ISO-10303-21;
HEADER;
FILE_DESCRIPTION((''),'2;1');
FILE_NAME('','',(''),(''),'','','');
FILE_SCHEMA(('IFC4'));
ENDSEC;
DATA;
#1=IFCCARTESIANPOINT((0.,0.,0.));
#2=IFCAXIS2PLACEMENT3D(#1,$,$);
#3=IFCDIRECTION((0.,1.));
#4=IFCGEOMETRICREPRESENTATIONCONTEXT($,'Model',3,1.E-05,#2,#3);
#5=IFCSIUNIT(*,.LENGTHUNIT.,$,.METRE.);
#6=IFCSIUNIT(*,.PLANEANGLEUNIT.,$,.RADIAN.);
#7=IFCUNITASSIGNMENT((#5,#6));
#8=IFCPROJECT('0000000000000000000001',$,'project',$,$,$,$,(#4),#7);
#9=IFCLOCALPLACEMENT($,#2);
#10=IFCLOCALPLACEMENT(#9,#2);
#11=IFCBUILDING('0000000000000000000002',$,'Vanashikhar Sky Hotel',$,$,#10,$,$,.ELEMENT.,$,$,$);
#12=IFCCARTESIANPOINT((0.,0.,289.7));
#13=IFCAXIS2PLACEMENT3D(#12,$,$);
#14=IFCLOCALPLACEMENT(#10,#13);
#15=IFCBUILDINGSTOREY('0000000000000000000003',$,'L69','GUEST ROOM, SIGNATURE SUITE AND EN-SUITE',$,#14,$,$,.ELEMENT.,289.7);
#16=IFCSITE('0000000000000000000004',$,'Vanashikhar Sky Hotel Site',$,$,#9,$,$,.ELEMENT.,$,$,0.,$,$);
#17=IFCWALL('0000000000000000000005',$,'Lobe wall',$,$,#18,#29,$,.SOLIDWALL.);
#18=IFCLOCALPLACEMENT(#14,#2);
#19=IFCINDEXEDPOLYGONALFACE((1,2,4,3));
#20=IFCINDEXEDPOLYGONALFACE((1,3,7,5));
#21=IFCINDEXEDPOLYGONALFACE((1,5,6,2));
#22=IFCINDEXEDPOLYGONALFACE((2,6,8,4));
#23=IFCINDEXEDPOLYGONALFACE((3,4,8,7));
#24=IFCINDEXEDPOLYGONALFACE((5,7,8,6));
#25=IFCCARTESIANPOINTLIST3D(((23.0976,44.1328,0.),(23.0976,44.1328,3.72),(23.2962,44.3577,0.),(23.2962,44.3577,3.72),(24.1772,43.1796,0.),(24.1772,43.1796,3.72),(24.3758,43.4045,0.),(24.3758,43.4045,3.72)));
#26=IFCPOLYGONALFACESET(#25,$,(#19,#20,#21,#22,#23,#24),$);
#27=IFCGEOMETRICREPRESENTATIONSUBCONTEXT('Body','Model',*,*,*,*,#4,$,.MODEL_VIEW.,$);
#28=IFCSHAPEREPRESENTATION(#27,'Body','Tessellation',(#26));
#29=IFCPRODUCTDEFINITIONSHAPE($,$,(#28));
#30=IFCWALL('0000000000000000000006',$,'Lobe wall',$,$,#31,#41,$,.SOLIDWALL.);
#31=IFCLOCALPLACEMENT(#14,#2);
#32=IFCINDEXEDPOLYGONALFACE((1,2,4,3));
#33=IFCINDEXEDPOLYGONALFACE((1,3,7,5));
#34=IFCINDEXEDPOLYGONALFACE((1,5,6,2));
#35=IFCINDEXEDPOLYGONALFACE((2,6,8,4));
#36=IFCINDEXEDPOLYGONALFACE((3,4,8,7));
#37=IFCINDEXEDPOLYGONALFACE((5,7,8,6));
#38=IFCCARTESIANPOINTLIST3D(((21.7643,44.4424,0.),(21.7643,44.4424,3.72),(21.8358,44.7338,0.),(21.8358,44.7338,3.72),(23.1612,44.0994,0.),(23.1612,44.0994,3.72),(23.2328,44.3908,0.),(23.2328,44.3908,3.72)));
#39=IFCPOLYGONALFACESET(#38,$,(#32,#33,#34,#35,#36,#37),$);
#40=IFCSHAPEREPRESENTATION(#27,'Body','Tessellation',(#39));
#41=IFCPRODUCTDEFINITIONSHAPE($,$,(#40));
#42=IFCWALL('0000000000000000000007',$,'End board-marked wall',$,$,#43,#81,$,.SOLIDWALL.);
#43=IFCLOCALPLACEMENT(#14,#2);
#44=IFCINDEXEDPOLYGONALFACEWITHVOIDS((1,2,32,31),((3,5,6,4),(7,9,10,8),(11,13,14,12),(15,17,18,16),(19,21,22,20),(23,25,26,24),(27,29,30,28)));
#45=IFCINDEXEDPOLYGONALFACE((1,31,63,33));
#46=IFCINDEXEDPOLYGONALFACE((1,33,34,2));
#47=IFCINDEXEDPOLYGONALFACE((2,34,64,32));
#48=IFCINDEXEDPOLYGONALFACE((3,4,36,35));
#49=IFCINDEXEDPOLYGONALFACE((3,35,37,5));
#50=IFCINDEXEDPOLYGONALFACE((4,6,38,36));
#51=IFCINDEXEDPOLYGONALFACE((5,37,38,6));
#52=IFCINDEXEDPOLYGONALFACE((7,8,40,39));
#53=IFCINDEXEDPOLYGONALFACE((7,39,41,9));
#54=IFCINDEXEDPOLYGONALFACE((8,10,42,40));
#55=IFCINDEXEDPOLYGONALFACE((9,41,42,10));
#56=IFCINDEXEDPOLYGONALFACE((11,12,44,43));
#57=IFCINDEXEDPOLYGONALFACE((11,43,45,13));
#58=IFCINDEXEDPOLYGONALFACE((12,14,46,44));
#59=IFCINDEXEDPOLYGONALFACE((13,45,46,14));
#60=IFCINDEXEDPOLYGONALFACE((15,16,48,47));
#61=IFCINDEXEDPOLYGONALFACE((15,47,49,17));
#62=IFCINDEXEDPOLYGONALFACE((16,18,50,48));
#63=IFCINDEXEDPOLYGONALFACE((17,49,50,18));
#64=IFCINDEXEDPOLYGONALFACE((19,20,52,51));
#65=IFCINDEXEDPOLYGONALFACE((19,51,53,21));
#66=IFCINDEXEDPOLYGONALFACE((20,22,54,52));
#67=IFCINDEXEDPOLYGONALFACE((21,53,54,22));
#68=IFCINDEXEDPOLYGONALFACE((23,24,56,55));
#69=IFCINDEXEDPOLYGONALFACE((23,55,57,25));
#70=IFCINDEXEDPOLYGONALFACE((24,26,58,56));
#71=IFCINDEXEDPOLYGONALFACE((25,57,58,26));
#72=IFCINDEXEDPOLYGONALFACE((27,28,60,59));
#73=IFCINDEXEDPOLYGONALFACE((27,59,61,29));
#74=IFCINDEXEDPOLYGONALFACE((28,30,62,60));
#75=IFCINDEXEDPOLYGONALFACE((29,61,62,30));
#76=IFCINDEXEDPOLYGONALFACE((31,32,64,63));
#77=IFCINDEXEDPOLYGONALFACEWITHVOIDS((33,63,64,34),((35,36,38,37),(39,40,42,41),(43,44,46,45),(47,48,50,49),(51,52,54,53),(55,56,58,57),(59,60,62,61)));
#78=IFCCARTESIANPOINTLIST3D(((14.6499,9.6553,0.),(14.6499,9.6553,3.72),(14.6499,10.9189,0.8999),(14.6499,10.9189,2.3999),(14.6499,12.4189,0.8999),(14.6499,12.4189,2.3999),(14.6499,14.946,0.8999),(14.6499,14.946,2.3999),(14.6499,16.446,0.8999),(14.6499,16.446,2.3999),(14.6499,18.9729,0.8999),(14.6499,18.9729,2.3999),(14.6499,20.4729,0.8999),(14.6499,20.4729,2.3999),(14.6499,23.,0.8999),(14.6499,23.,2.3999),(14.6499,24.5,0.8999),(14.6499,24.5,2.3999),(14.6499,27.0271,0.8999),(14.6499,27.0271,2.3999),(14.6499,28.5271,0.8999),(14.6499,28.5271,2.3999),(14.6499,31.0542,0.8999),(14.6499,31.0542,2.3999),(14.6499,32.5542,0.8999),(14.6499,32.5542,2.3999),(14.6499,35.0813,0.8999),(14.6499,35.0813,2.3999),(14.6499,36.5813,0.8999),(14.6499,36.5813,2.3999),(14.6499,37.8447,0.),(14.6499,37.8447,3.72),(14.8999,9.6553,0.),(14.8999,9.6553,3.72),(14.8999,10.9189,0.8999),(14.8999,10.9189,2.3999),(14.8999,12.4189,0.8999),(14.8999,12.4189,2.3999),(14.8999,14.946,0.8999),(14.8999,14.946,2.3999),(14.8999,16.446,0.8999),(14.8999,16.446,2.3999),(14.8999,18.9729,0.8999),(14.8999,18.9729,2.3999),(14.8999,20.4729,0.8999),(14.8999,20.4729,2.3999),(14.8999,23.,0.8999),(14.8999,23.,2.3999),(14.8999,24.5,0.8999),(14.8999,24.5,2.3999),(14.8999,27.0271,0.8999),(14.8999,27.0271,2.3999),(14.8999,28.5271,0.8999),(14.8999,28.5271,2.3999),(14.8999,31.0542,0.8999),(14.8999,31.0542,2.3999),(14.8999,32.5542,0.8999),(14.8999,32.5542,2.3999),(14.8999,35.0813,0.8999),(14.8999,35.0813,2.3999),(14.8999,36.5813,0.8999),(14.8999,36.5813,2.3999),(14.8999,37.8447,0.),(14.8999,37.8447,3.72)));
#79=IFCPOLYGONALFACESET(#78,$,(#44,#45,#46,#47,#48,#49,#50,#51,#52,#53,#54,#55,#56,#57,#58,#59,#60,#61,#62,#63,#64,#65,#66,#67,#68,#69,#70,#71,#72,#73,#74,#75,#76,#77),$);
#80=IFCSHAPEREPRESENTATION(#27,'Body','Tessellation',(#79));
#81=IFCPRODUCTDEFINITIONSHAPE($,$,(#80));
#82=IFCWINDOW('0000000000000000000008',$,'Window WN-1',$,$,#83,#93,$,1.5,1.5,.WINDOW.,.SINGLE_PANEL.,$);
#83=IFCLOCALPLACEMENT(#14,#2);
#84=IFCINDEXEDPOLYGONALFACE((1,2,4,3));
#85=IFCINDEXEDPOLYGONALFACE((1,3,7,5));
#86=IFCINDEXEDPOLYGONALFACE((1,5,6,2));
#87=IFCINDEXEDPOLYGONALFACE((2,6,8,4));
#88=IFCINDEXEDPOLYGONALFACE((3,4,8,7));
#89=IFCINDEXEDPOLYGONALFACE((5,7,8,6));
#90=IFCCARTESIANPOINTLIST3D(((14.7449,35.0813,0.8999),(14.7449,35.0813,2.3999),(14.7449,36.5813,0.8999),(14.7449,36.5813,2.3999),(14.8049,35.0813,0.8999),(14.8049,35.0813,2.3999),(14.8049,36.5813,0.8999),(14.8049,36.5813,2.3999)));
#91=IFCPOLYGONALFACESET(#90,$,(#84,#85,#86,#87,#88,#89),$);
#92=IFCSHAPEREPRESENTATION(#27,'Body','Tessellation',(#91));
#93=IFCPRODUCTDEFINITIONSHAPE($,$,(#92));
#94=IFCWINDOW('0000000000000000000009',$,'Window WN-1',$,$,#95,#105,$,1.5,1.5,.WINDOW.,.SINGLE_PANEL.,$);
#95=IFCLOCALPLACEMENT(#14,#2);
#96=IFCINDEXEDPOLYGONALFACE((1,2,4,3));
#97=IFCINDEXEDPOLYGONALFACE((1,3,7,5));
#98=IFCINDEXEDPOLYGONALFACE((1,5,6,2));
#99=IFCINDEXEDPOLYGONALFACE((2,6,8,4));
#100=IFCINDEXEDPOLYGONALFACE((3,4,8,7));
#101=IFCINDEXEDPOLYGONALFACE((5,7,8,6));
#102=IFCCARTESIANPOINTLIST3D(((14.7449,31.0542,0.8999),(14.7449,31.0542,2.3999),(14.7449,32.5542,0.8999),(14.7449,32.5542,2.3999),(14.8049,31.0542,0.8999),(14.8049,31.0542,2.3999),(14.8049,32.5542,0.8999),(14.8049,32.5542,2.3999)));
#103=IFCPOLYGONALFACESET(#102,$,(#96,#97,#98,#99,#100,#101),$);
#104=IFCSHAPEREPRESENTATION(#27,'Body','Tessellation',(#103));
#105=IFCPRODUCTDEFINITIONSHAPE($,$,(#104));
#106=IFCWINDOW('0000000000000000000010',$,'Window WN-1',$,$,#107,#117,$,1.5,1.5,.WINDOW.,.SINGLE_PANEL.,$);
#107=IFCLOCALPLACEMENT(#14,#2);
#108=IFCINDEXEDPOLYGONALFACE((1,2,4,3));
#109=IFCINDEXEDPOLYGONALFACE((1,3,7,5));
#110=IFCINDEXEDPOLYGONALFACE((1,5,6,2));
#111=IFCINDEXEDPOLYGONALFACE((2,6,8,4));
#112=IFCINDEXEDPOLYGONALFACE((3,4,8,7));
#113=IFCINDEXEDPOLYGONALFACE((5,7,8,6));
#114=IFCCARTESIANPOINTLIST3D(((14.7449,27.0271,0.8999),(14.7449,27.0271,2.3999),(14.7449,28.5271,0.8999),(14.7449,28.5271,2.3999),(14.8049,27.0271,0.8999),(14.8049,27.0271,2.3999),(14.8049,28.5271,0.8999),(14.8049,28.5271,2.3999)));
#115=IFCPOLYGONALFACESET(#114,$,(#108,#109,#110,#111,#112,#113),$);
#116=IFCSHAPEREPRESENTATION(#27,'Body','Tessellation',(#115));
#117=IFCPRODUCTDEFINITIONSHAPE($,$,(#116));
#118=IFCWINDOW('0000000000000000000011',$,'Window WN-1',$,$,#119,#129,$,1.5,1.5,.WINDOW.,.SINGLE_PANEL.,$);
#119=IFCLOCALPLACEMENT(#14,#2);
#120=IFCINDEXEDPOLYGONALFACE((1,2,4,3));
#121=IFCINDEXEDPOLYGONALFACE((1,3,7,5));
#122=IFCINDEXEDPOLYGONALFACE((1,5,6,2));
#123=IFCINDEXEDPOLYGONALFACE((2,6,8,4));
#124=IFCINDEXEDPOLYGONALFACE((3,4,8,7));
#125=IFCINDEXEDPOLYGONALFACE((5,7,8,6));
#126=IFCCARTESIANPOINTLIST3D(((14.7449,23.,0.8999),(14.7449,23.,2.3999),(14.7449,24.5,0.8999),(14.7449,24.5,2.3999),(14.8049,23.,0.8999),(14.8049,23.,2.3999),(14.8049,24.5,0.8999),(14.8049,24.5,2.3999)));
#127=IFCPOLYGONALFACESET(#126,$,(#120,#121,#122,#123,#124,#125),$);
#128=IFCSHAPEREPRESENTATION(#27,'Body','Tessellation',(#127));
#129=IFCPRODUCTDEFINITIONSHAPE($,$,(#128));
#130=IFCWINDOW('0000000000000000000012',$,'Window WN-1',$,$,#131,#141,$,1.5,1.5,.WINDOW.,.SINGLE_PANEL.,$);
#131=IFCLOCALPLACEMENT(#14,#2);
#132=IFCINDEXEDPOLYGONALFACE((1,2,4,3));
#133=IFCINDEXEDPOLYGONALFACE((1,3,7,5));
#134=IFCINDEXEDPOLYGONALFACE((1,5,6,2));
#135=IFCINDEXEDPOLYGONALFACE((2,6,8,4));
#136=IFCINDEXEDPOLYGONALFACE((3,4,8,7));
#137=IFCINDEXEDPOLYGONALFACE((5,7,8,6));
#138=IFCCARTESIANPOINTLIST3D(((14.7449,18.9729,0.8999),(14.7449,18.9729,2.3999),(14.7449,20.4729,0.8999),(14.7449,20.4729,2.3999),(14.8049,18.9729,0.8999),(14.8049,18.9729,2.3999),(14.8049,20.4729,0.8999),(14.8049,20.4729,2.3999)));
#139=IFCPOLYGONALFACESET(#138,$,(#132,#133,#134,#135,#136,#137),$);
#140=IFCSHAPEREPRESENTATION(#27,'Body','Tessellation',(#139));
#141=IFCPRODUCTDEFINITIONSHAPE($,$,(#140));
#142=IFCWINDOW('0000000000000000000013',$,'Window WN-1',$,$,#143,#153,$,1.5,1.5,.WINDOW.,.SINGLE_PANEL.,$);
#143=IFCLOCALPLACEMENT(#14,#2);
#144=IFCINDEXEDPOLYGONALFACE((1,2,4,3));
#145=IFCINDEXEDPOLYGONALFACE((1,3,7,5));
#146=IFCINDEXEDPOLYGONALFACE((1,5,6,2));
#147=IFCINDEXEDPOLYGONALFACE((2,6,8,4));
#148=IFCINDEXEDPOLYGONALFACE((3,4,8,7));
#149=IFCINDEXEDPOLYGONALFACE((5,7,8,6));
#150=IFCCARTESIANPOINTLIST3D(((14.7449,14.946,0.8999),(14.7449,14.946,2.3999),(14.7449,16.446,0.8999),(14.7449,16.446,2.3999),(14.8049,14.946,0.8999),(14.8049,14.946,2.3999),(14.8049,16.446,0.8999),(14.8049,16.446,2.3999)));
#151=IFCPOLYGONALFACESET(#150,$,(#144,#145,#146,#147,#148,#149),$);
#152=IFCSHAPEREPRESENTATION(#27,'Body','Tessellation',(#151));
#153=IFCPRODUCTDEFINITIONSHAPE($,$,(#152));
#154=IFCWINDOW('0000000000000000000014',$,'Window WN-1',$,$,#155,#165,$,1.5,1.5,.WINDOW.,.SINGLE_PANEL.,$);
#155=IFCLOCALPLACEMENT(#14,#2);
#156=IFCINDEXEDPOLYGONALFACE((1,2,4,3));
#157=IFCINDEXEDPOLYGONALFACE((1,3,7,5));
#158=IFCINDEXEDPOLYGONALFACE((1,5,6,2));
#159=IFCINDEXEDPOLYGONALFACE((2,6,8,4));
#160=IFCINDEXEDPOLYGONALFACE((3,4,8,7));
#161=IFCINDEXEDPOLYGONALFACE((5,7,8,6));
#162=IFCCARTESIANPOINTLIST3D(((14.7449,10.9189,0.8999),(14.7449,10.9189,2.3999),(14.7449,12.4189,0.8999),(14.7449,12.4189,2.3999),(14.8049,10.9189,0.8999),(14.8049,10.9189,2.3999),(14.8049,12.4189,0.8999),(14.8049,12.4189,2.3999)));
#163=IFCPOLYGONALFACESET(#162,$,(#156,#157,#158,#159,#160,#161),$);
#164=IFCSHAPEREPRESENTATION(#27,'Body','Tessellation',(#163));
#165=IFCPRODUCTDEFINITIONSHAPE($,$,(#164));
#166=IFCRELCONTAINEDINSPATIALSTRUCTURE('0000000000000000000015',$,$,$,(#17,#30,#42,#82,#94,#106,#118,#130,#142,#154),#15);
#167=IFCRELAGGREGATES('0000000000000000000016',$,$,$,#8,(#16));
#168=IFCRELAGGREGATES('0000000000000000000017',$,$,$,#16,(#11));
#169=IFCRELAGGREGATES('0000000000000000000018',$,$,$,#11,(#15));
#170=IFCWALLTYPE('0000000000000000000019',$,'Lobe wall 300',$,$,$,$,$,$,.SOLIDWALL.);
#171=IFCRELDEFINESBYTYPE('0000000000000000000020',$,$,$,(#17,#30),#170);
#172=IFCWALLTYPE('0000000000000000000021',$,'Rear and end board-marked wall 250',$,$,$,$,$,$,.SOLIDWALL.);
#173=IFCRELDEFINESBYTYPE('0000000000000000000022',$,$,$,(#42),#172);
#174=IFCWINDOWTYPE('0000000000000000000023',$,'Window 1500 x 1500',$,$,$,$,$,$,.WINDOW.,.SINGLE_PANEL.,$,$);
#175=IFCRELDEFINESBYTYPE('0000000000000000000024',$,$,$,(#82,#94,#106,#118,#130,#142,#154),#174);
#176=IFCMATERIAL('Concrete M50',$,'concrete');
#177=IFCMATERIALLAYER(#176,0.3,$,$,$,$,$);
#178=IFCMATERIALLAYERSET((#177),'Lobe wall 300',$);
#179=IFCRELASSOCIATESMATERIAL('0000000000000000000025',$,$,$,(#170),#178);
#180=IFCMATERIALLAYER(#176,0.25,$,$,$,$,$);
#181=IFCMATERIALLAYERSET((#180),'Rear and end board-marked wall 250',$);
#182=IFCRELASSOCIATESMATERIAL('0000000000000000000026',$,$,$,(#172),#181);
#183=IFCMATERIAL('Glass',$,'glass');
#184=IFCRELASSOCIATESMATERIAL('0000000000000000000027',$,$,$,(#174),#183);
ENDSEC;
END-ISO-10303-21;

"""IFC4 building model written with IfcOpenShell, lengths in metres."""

from ifc_helpers import new_model, si_unit, direction, frame, frame_2d, origin, place, context, subcontext, project, spatial, rectangle, extrude, source, transform, mapped, material, layer, layer_set, type_object, element, fill, save


model = new_model("IFC4")

# Units and contexts
model_context = context("Model", 3, precision=1e-05, world=origin(), true_north=direction((0.0, 1.0)))
body_context = subcontext(model_context, "Body", "Model", "MODEL_VIEW")
ifc_project = project(units=[si_unit("LENGTHUNIT", "METRE"), si_unit("PLANEANGLEUNIT", "RADIAN")], contexts=[model_context])

# Site, building, storey
site_placement = place(None, origin())
site = spatial("IfcSite", under=ifc_project, at=site_placement, Name="Vanashikhar Sky Hotel Site", CompositionType="ELEMENT", RefElevation=0.0)
building_placement = place(site_placement, origin())
building = spatial("IfcBuilding", under=site, at=building_placement, Name="Vanashikhar Sky Hotel", CompositionType="ELEMENT")
storey_placement = place(building_placement, frame((0.0, 0.0, 289.7)))
storey = spatial("IfcBuildingStorey", under=building, at=storey_placement, Name="L69", Description="GUEST ROOM, SIGNATURE SUITE AND EN-SUITE", CompositionType="ELEMENT", Elevation=289.7)

# Shared definitions
ifc_material_1 = material(Name="Concrete M50", Category="concrete")

# Shared definitions
ifc_layer_1 = layer(ifc_material_1, 0.3)
ifc_layer_set_1 = layer_set([ifc_layer_1], Name="Lobe wall 300")
wall_type_1 = type_object("IfcWallType", Name="Lobe wall 300", PredefinedType="SOLIDWALL", material=ifc_layer_set_1)
ifc_material_2 = material(Name="Glass", Category="glass")

# Walls
shared_shape_1 = source(origin(), body_context, "Body", "SweptSolid", [
    extrude(rectangle(XDim=1.4402, YDim=0.3, at=frame_2d((0.7202, 0.0))), origin(), (0.0, 0.0, 1.0), 3.72),
])
wall_1_placement = place(storey_placement, frame((24.2766, 43.292, 0.0), z_axis=(0.0, 0.0, 1.0), x_axis=(-0.74965, 0.661835, 0.0)))
element("IfcWall", 1, at=wall_1_placement, inside=storey, type_object=wall_type_1, Name="Lobe wall", PredefinedType="SOLIDWALL", context=body_context, shape_type="MappedRepresentation", body=[
    mapped(shared_shape_1, transform((0.0, 0.0, 0.0), scale=1.0)),
])
shared_shape_2 = source(origin(), body_context, "Body", "SweptSolid", [
    extrude(rectangle(XDim=1.4385, YDim=0.3, at=frame_2d((0.7192, 0.0))), origin(), (0.0, 0.0, 1.0), 3.72),
])
wall_2_placement = place(storey_placement, frame((23.197, 44.2451, 0.0), z_axis=(0.0, 0.0, 1.0), x_axis=(-0.971152, 0.23846, 0.0)))
element("IfcWall", 2, at=wall_2_placement, inside=storey, type_object=wall_type_1, Name="Lobe wall", PredefinedType="SOLIDWALL", context=body_context, shape_type="MappedRepresentation", body=[
    mapped(shared_shape_2, transform((0.0, 0.0, 0.0), scale=1.0)),
])

# Wall, openings, windows
ifc_layer_2 = layer(ifc_material_1, 0.25)
ifc_layer_set_2 = layer_set([ifc_layer_2], Name="Rear and end board-marked wall 250")
wall_type_2 = type_object("IfcWallType", Name="Rear and end board-marked wall 250", PredefinedType="SOLIDWALL", material=ifc_layer_set_2)
shared_shape_3 = source(origin(), body_context, "Body", "SweptSolid", [
    extrude(rectangle(XDim=28.1895, YDim=0.25, at=frame_2d((14.0947, 0.0))), origin(), (0.0, 0.0, 1.0), 3.72),
])
wall_3_placement = place(storey_placement, frame((14.7749, 37.8447, 0.0), z_axis=(0.0, 0.0, 1.0), x_axis=(0.0, -1.0, 0.0)))
wall_3 = element("IfcWall", 3, at=wall_3_placement, inside=storey, type_object=wall_type_2, Name="End board-marked wall", PredefinedType="SOLIDWALL", context=body_context, shape_type="MappedRepresentation", body=[
    mapped(shared_shape_3, transform((0.0, 0.0, 0.0), scale=1.0)),
])
shared_shape_4 = source(origin(), body_context, "Body", "SweptSolid", [
    extrude(rectangle(XDim=1.5, YDim=1.5, at=frame_2d((0.75, 0.75))), frame((0.0, 0.135, 0.0), z_axis=(0.0, -1.0, 0.0), x_axis=(1.0, 0.0, 0.0)), (0.0, 0.0, 1.0), 0.27),
])
opening_1_placement = place(wall_3_placement, frame((1.2634, 0.0, 0.8999)))
opening_1 = element("IfcOpeningElement", 4, at=opening_1_placement, cuts=wall_3, PredefinedType="OPENING", context=body_context, shape_type="MappedRepresentation", body=[
    mapped(shared_shape_4, transform((0.0, 0.0, 0.0), scale=1.0)),
])
opening_2_placement = place(wall_3_placement, frame((5.2905, 0.0, 0.8999)))
opening_2 = element("IfcOpeningElement", 5, at=opening_2_placement, cuts=wall_3, PredefinedType="OPENING", context=body_context, shape_type="MappedRepresentation", body=[
    mapped(shared_shape_4, transform((0.0, 0.0, 0.0), scale=1.0)),
])
opening_3_placement = place(wall_3_placement, frame((9.3176, 0.0, 0.8999)))
opening_3 = element("IfcOpeningElement", 6, at=opening_3_placement, cuts=wall_3, PredefinedType="OPENING", context=body_context, shape_type="MappedRepresentation", body=[
    mapped(shared_shape_4, transform((0.0, 0.0, 0.0), scale=1.0)),
])
opening_4_placement = place(wall_3_placement, frame((13.3447, 0.0, 0.8999)))
opening_4 = element("IfcOpeningElement", 7, at=opening_4_placement, cuts=wall_3, PredefinedType="OPENING", context=body_context, shape_type="MappedRepresentation", body=[
    mapped(shared_shape_4, transform((0.0, 0.0, 0.0), scale=1.0)),
])
opening_5_placement = place(wall_3_placement, frame((17.3718, 0.0, 0.8999)))
opening_5 = element("IfcOpeningElement", 8, at=opening_5_placement, cuts=wall_3, PredefinedType="OPENING", context=body_context, shape_type="MappedRepresentation", body=[
    mapped(shared_shape_4, transform((0.0, 0.0, 0.0), scale=1.0)),
])
opening_6_placement = place(wall_3_placement, frame((21.3987, 0.0, 0.8999)))
opening_6 = element("IfcOpeningElement", 9, at=opening_6_placement, cuts=wall_3, PredefinedType="OPENING", context=body_context, shape_type="MappedRepresentation", body=[
    mapped(shared_shape_4, transform((0.0, 0.0, 0.0), scale=1.0)),
])
opening_7_placement = place(wall_3_placement, frame((25.4258, 0.0, 0.8999)))
opening_7 = element("IfcOpeningElement", 10, at=opening_7_placement, cuts=wall_3, PredefinedType="OPENING", context=body_context, shape_type="MappedRepresentation", body=[
    mapped(shared_shape_4, transform((0.0, 0.0, 0.0), scale=1.0)),
])
window_type_1 = type_object("IfcWindowType", Name="Window 1500 x 1500", PartitioningType="SINGLE_PANEL", PredefinedType="WINDOW", material=ifc_material_2)
shared_shape_5 = source(origin(), body_context, "Body", "SweptSolid", [
    extrude(rectangle(XDim=1.5, YDim=1.5, at=frame_2d((0.75, 0.75))), frame((0.0, 0.03, 0.0), z_axis=(0.0, -1.0, 0.0), x_axis=(1.0, 0.0, 0.0)), (0.0, 0.0, 1.0), 0.0601),
])
window_1_placement = place(opening_1_placement, origin())
window_1 = element("IfcWindow", 11, at=window_1_placement, inside=storey, type_object=window_type_1, Name="Window WN-1", OverallHeight=1.5, OverallWidth=1.5, PartitioningType="SINGLE_PANEL", PredefinedType="WINDOW", context=body_context, shape_type="MappedRepresentation", body=[
    mapped(shared_shape_5, transform((0.0, 0.0, 0.0), scale=1.0)),
])
fill(opening_1, window_1)
window_2_placement = place(opening_2_placement, origin())
window_2 = element("IfcWindow", 12, at=window_2_placement, inside=storey, type_object=window_type_1, Name="Window WN-1", OverallHeight=1.5, OverallWidth=1.5, PartitioningType="SINGLE_PANEL", PredefinedType="WINDOW", context=body_context, shape_type="MappedRepresentation", body=[
    mapped(shared_shape_5, transform((0.0, 0.0, 0.0), scale=1.0)),
])
fill(opening_2, window_2)
window_3_placement = place(opening_3_placement, origin())
window_3 = element("IfcWindow", 13, at=window_3_placement, inside=storey, type_object=window_type_1, Name="Window WN-1", OverallHeight=1.5, OverallWidth=1.5, PartitioningType="SINGLE_PANEL", PredefinedType="WINDOW", context=body_context, shape_type="MappedRepresentation", body=[
    mapped(shared_shape_5, transform((0.0, 0.0, 0.0), scale=1.0)),
])
fill(opening_3, window_3)
window_4_placement = place(opening_4_placement, origin())
window_4 = element("IfcWindow", 14, at=window_4_placement, inside=storey, type_object=window_type_1, Name="Window WN-1", OverallHeight=1.5, OverallWidth=1.5, PartitioningType="SINGLE_PANEL", PredefinedType="WINDOW", context=body_context, shape_type="MappedRepresentation", body=[
    mapped(shared_shape_5, transform((0.0, 0.0, 0.0), scale=1.0)),
])
fill(opening_4, window_4)
window_5_placement = place(opening_5_placement, origin())
window_5 = element("IfcWindow", 15, at=window_5_placement, inside=storey, type_object=window_type_1, Name="Window WN-1", OverallHeight=1.5, OverallWidth=1.5, PartitioningType="SINGLE_PANEL", PredefinedType="WINDOW", context=body_context, shape_type="MappedRepresentation", body=[
    mapped(shared_shape_5, transform((0.0, 0.0, 0.0), scale=1.0)),
])
fill(opening_5, window_5)
window_6_placement = place(opening_6_placement, origin())
window_6 = element("IfcWindow", 16, at=window_6_placement, inside=storey, type_object=window_type_1, Name="Window WN-1", OverallHeight=1.5, OverallWidth=1.5, PartitioningType="SINGLE_PANEL", PredefinedType="WINDOW", context=body_context, shape_type="MappedRepresentation", body=[
    mapped(shared_shape_5, transform((0.0, 0.0, 0.0), scale=1.0)),
])
fill(opening_6, window_6)
window_7_placement = place(opening_7_placement, origin())
window_7 = element("IfcWindow", 17, at=window_7_placement, inside=storey, type_object=window_type_1, Name="Window WN-1", OverallHeight=1.5, OverallWidth=1.5, PartitioningType="SINGLE_PANEL", PredefinedType="WINDOW", context=body_context, shape_type="MappedRepresentation", body=[
    mapped(shared_shape_5, transform((0.0, 0.0, 0.0), scale=1.0)),
])
fill(opening_7, window_7)

save(model, "model.ifc")
